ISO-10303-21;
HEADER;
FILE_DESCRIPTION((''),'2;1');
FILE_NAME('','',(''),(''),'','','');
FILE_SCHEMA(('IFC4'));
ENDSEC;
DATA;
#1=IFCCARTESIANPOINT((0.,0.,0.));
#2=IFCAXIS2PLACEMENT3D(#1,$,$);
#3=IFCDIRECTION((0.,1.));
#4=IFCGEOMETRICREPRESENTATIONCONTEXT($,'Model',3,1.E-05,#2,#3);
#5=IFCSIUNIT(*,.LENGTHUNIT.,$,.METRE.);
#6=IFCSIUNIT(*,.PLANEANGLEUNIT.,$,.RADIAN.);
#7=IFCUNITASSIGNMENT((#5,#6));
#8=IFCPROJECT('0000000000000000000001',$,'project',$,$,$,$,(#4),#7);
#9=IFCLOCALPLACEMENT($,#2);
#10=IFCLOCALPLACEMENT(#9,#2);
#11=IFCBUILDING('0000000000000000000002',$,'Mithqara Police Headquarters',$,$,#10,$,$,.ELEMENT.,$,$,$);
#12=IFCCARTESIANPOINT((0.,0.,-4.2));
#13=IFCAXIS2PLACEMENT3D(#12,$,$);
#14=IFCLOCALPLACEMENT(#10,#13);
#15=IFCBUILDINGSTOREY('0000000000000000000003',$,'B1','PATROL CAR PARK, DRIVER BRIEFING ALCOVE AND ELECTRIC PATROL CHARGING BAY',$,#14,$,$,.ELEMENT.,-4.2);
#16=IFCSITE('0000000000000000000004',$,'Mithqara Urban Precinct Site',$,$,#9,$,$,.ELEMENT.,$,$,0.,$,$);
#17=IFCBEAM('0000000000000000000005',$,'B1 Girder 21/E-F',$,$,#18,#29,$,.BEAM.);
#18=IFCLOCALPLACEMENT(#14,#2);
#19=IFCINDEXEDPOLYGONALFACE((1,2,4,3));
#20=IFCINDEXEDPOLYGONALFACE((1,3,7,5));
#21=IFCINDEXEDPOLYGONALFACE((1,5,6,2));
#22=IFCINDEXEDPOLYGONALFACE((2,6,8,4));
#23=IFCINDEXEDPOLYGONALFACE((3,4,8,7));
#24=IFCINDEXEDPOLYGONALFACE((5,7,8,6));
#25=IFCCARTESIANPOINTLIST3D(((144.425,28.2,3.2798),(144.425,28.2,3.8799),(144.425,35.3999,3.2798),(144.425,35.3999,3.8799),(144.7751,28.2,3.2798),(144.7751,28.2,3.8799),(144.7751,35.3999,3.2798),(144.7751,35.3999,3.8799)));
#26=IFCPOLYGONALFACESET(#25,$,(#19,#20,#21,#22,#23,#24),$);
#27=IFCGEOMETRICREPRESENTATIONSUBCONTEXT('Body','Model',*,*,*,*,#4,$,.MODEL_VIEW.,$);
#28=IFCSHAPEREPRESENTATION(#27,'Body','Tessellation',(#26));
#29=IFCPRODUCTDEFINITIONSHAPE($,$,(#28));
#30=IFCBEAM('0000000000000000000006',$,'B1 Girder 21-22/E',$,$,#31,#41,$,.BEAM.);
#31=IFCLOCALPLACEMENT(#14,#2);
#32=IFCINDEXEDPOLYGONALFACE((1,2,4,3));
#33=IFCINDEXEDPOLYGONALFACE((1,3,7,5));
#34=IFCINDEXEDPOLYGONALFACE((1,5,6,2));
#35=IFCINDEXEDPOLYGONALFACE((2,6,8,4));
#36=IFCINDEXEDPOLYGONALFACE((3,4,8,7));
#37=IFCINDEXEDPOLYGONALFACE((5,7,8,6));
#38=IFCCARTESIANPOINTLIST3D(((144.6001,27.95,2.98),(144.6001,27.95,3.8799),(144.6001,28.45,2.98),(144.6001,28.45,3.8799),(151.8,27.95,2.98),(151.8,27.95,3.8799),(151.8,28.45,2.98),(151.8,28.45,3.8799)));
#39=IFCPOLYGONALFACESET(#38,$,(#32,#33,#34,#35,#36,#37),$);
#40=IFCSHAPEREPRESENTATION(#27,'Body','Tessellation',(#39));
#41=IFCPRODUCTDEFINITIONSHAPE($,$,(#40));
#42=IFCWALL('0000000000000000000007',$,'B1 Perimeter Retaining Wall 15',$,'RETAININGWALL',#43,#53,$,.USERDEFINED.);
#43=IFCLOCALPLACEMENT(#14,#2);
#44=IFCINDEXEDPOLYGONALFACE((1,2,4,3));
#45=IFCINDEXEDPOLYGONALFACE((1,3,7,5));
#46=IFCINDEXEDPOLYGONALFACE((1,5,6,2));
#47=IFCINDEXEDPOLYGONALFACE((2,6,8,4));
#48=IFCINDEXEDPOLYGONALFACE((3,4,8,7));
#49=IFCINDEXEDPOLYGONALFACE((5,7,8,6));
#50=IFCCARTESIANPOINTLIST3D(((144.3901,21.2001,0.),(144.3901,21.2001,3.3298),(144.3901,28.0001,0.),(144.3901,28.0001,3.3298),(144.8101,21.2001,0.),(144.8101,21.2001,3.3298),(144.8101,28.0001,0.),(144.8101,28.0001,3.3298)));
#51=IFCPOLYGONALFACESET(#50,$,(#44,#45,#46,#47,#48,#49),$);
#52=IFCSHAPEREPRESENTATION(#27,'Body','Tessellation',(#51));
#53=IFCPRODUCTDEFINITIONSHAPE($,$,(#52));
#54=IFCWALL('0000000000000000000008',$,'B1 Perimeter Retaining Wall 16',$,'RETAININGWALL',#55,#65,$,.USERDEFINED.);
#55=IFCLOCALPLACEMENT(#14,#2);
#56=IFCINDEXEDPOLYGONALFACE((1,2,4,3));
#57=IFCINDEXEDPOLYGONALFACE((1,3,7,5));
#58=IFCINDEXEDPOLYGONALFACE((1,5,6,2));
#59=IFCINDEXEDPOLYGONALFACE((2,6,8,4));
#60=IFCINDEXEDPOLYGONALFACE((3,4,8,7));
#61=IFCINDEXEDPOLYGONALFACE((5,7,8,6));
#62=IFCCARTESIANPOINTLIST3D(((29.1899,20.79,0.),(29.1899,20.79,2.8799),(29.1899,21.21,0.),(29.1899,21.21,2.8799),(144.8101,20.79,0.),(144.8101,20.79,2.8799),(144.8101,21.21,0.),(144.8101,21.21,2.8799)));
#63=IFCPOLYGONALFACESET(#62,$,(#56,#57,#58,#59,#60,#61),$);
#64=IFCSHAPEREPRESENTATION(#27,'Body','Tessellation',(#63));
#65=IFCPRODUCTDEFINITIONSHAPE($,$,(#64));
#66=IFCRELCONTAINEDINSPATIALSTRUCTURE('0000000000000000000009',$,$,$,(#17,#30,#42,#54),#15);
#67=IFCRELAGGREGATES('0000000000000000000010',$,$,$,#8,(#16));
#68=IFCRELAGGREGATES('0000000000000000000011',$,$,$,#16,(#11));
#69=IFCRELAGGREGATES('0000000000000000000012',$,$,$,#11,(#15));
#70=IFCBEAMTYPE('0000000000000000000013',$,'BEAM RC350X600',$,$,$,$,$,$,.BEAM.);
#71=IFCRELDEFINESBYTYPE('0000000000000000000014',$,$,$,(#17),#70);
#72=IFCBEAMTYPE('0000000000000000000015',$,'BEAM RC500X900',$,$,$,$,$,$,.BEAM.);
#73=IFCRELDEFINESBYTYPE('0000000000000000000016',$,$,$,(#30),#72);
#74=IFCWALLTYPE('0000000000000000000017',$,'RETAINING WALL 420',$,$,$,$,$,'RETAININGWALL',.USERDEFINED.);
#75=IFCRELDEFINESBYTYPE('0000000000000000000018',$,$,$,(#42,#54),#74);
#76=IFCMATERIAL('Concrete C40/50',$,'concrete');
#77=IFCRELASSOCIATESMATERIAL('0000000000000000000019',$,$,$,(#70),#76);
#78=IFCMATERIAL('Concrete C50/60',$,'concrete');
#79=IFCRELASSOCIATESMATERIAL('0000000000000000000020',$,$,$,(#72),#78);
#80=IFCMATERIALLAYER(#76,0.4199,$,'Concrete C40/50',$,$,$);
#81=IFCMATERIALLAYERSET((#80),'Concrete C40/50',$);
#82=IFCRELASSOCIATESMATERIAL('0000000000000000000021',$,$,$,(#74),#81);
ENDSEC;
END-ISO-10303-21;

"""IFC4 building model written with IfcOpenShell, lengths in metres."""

from ifc_helpers import new_model, si_unit, direction, frame, frame_2d, origin, origin_2d, place, context, subcontext, project, spatial, rectangle, extrude, material, layer, layer_set, material_profile, profile_set, type_object, element, save


model = new_model("IFC4")

# Units and contexts
model_context = context("Model", 3, precision=1e-05, world=origin(), true_north=direction((0.0, 1.0)))
body_context = subcontext(model_context, "Body", "Model", "MODEL_VIEW")
ifc_project = project(units=[si_unit("LENGTHUNIT", "METRE"), si_unit("PLANEANGLEUNIT", "RADIAN")], contexts=[model_context])

# Site, building, storey
site_placement = place(None, origin())
site = spatial("IfcSite", under=ifc_project, at=site_placement, Name="Mithqara Urban Precinct Site", CompositionType="ELEMENT", RefElevation=0.0)
building_placement = place(site_placement, origin())
building = spatial("IfcBuilding", under=site, at=building_placement, Name="Mithqara Police Headquarters", CompositionType="ELEMENT")
storey_placement = place(building_placement, frame((0.0, 0.0, -4.2)))
storey = spatial("IfcBuildingStorey", under=building, at=storey_placement, Name="B1", Description="PATROL CAR PARK, DRIVER BRIEFING ALCOVE AND ELECTRIC PATROL CHARGING BAY", CompositionType="ELEMENT", Elevation=-4.2)

# Shared definitions
ifc_material_1 = material(Name="Concrete C40/50", Category="concrete")

# Shared definitions
ifc_material_2 = material(Name="Concrete C50/60", Category="concrete")

# Beams
ifc_material_profile_1 = material_profile(ifc_material_1, rectangle(XDim=0.3501, YDim=0.6001, at=origin_2d()), Name="RC 350x600")
ifc_profile_set_1 = profile_set([ifc_material_profile_1], Name="Concrete C40/50")
beam_type_1 = type_object("IfcBeamType", Name="BEAM RC350X600", PredefinedType="BEAM", material=ifc_profile_set_1)
beam_1_placement = place(storey_placement, frame((144.6001, 28.2, 3.5798), z_axis=(0.0, 1.0, 0.0), x_axis=(-1.0, 0.0, 0.0)))
element("IfcBeam", 1, at=beam_1_placement, inside=storey, type_object=beam_type_1, Name="B1 Girder 21/E-F", PredefinedType="BEAM", context=body_context, shape_type="SweptSolid", body=[
    extrude(rectangle(XDim=0.3501, YDim=0.6001, at=origin_2d()), origin(), (0.0, 0.0, 1.0), 7.2),
])
ifc_material_profile_2 = material_profile(ifc_material_2, rectangle(XDim=0.5, YDim=0.8999, at=origin_2d()), Name="RC 500x900")
ifc_profile_set_2 = profile_set([ifc_material_profile_2], Name="Concrete C50/60")
beam_type_2 = type_object("IfcBeamType", Name="BEAM RC500X900", PredefinedType="BEAM", material=ifc_profile_set_2)
beam_2_placement = place(storey_placement, frame((144.6001, 28.2, 3.4299), z_axis=(1.0, 0.0, 0.0), x_axis=(0.0, 1.0, 0.0)))
element("IfcBeam", 2, at=beam_2_placement, inside=storey, type_object=beam_type_2, Name="B1 Girder 21-22/E", PredefinedType="BEAM", context=body_context, shape_type="SweptSolid", body=[
    extrude(rectangle(XDim=0.5, YDim=0.8999, at=origin_2d()), origin(), (0.0, 0.0, 1.0), 7.2),
])

# Walls
ifc_layer = layer(ifc_material_1, 0.4199, Name="Concrete C40/50")
ifc_layer_set = layer_set([ifc_layer], Name="Concrete C40/50")
wall_type = type_object("IfcWallType", Name="RETAINING WALL 420", ElementType="RETAININGWALL", PredefinedType="USERDEFINED", material=ifc_layer_set)
wall_1_placement = place(storey_placement, frame((144.6001, 28.0, 0.0), z_axis=(0.0, 0.0, 1.0), x_axis=(0.0, -1.0, 0.0)))
element("IfcWall", 3, at=wall_1_placement, inside=storey, type_object=wall_type, Name="B1 Perimeter Retaining Wall 15", ObjectType="RETAININGWALL", PredefinedType="USERDEFINED", context=body_context, shape_type="SweptSolid", body=[
    extrude(rectangle(XDim=6.8, YDim=0.4199, at=frame_2d((3.3999, 0.0))), origin(), (0.0, 0.0, 1.0), 3.3298),
])
wall_2_placement = place(storey_placement, frame((144.8101, 21.0, 0.0), z_axis=(0.0, 0.0, 1.0), x_axis=(-1.0, 0.0, 0.0)))
element("IfcWall", 4, at=wall_2_placement, inside=storey, type_object=wall_type, Name="B1 Perimeter Retaining Wall 16", ObjectType="RETAININGWALL", PredefinedType="USERDEFINED", context=body_context, shape_type="SweptSolid", body=[
    extrude(rectangle(XDim=115.6201, YDim=0.4199, at=frame_2d((57.8101, 0.0))), origin(), (0.0, 0.0, 1.0), 2.8799),
])

save(model, "model.ifc")
